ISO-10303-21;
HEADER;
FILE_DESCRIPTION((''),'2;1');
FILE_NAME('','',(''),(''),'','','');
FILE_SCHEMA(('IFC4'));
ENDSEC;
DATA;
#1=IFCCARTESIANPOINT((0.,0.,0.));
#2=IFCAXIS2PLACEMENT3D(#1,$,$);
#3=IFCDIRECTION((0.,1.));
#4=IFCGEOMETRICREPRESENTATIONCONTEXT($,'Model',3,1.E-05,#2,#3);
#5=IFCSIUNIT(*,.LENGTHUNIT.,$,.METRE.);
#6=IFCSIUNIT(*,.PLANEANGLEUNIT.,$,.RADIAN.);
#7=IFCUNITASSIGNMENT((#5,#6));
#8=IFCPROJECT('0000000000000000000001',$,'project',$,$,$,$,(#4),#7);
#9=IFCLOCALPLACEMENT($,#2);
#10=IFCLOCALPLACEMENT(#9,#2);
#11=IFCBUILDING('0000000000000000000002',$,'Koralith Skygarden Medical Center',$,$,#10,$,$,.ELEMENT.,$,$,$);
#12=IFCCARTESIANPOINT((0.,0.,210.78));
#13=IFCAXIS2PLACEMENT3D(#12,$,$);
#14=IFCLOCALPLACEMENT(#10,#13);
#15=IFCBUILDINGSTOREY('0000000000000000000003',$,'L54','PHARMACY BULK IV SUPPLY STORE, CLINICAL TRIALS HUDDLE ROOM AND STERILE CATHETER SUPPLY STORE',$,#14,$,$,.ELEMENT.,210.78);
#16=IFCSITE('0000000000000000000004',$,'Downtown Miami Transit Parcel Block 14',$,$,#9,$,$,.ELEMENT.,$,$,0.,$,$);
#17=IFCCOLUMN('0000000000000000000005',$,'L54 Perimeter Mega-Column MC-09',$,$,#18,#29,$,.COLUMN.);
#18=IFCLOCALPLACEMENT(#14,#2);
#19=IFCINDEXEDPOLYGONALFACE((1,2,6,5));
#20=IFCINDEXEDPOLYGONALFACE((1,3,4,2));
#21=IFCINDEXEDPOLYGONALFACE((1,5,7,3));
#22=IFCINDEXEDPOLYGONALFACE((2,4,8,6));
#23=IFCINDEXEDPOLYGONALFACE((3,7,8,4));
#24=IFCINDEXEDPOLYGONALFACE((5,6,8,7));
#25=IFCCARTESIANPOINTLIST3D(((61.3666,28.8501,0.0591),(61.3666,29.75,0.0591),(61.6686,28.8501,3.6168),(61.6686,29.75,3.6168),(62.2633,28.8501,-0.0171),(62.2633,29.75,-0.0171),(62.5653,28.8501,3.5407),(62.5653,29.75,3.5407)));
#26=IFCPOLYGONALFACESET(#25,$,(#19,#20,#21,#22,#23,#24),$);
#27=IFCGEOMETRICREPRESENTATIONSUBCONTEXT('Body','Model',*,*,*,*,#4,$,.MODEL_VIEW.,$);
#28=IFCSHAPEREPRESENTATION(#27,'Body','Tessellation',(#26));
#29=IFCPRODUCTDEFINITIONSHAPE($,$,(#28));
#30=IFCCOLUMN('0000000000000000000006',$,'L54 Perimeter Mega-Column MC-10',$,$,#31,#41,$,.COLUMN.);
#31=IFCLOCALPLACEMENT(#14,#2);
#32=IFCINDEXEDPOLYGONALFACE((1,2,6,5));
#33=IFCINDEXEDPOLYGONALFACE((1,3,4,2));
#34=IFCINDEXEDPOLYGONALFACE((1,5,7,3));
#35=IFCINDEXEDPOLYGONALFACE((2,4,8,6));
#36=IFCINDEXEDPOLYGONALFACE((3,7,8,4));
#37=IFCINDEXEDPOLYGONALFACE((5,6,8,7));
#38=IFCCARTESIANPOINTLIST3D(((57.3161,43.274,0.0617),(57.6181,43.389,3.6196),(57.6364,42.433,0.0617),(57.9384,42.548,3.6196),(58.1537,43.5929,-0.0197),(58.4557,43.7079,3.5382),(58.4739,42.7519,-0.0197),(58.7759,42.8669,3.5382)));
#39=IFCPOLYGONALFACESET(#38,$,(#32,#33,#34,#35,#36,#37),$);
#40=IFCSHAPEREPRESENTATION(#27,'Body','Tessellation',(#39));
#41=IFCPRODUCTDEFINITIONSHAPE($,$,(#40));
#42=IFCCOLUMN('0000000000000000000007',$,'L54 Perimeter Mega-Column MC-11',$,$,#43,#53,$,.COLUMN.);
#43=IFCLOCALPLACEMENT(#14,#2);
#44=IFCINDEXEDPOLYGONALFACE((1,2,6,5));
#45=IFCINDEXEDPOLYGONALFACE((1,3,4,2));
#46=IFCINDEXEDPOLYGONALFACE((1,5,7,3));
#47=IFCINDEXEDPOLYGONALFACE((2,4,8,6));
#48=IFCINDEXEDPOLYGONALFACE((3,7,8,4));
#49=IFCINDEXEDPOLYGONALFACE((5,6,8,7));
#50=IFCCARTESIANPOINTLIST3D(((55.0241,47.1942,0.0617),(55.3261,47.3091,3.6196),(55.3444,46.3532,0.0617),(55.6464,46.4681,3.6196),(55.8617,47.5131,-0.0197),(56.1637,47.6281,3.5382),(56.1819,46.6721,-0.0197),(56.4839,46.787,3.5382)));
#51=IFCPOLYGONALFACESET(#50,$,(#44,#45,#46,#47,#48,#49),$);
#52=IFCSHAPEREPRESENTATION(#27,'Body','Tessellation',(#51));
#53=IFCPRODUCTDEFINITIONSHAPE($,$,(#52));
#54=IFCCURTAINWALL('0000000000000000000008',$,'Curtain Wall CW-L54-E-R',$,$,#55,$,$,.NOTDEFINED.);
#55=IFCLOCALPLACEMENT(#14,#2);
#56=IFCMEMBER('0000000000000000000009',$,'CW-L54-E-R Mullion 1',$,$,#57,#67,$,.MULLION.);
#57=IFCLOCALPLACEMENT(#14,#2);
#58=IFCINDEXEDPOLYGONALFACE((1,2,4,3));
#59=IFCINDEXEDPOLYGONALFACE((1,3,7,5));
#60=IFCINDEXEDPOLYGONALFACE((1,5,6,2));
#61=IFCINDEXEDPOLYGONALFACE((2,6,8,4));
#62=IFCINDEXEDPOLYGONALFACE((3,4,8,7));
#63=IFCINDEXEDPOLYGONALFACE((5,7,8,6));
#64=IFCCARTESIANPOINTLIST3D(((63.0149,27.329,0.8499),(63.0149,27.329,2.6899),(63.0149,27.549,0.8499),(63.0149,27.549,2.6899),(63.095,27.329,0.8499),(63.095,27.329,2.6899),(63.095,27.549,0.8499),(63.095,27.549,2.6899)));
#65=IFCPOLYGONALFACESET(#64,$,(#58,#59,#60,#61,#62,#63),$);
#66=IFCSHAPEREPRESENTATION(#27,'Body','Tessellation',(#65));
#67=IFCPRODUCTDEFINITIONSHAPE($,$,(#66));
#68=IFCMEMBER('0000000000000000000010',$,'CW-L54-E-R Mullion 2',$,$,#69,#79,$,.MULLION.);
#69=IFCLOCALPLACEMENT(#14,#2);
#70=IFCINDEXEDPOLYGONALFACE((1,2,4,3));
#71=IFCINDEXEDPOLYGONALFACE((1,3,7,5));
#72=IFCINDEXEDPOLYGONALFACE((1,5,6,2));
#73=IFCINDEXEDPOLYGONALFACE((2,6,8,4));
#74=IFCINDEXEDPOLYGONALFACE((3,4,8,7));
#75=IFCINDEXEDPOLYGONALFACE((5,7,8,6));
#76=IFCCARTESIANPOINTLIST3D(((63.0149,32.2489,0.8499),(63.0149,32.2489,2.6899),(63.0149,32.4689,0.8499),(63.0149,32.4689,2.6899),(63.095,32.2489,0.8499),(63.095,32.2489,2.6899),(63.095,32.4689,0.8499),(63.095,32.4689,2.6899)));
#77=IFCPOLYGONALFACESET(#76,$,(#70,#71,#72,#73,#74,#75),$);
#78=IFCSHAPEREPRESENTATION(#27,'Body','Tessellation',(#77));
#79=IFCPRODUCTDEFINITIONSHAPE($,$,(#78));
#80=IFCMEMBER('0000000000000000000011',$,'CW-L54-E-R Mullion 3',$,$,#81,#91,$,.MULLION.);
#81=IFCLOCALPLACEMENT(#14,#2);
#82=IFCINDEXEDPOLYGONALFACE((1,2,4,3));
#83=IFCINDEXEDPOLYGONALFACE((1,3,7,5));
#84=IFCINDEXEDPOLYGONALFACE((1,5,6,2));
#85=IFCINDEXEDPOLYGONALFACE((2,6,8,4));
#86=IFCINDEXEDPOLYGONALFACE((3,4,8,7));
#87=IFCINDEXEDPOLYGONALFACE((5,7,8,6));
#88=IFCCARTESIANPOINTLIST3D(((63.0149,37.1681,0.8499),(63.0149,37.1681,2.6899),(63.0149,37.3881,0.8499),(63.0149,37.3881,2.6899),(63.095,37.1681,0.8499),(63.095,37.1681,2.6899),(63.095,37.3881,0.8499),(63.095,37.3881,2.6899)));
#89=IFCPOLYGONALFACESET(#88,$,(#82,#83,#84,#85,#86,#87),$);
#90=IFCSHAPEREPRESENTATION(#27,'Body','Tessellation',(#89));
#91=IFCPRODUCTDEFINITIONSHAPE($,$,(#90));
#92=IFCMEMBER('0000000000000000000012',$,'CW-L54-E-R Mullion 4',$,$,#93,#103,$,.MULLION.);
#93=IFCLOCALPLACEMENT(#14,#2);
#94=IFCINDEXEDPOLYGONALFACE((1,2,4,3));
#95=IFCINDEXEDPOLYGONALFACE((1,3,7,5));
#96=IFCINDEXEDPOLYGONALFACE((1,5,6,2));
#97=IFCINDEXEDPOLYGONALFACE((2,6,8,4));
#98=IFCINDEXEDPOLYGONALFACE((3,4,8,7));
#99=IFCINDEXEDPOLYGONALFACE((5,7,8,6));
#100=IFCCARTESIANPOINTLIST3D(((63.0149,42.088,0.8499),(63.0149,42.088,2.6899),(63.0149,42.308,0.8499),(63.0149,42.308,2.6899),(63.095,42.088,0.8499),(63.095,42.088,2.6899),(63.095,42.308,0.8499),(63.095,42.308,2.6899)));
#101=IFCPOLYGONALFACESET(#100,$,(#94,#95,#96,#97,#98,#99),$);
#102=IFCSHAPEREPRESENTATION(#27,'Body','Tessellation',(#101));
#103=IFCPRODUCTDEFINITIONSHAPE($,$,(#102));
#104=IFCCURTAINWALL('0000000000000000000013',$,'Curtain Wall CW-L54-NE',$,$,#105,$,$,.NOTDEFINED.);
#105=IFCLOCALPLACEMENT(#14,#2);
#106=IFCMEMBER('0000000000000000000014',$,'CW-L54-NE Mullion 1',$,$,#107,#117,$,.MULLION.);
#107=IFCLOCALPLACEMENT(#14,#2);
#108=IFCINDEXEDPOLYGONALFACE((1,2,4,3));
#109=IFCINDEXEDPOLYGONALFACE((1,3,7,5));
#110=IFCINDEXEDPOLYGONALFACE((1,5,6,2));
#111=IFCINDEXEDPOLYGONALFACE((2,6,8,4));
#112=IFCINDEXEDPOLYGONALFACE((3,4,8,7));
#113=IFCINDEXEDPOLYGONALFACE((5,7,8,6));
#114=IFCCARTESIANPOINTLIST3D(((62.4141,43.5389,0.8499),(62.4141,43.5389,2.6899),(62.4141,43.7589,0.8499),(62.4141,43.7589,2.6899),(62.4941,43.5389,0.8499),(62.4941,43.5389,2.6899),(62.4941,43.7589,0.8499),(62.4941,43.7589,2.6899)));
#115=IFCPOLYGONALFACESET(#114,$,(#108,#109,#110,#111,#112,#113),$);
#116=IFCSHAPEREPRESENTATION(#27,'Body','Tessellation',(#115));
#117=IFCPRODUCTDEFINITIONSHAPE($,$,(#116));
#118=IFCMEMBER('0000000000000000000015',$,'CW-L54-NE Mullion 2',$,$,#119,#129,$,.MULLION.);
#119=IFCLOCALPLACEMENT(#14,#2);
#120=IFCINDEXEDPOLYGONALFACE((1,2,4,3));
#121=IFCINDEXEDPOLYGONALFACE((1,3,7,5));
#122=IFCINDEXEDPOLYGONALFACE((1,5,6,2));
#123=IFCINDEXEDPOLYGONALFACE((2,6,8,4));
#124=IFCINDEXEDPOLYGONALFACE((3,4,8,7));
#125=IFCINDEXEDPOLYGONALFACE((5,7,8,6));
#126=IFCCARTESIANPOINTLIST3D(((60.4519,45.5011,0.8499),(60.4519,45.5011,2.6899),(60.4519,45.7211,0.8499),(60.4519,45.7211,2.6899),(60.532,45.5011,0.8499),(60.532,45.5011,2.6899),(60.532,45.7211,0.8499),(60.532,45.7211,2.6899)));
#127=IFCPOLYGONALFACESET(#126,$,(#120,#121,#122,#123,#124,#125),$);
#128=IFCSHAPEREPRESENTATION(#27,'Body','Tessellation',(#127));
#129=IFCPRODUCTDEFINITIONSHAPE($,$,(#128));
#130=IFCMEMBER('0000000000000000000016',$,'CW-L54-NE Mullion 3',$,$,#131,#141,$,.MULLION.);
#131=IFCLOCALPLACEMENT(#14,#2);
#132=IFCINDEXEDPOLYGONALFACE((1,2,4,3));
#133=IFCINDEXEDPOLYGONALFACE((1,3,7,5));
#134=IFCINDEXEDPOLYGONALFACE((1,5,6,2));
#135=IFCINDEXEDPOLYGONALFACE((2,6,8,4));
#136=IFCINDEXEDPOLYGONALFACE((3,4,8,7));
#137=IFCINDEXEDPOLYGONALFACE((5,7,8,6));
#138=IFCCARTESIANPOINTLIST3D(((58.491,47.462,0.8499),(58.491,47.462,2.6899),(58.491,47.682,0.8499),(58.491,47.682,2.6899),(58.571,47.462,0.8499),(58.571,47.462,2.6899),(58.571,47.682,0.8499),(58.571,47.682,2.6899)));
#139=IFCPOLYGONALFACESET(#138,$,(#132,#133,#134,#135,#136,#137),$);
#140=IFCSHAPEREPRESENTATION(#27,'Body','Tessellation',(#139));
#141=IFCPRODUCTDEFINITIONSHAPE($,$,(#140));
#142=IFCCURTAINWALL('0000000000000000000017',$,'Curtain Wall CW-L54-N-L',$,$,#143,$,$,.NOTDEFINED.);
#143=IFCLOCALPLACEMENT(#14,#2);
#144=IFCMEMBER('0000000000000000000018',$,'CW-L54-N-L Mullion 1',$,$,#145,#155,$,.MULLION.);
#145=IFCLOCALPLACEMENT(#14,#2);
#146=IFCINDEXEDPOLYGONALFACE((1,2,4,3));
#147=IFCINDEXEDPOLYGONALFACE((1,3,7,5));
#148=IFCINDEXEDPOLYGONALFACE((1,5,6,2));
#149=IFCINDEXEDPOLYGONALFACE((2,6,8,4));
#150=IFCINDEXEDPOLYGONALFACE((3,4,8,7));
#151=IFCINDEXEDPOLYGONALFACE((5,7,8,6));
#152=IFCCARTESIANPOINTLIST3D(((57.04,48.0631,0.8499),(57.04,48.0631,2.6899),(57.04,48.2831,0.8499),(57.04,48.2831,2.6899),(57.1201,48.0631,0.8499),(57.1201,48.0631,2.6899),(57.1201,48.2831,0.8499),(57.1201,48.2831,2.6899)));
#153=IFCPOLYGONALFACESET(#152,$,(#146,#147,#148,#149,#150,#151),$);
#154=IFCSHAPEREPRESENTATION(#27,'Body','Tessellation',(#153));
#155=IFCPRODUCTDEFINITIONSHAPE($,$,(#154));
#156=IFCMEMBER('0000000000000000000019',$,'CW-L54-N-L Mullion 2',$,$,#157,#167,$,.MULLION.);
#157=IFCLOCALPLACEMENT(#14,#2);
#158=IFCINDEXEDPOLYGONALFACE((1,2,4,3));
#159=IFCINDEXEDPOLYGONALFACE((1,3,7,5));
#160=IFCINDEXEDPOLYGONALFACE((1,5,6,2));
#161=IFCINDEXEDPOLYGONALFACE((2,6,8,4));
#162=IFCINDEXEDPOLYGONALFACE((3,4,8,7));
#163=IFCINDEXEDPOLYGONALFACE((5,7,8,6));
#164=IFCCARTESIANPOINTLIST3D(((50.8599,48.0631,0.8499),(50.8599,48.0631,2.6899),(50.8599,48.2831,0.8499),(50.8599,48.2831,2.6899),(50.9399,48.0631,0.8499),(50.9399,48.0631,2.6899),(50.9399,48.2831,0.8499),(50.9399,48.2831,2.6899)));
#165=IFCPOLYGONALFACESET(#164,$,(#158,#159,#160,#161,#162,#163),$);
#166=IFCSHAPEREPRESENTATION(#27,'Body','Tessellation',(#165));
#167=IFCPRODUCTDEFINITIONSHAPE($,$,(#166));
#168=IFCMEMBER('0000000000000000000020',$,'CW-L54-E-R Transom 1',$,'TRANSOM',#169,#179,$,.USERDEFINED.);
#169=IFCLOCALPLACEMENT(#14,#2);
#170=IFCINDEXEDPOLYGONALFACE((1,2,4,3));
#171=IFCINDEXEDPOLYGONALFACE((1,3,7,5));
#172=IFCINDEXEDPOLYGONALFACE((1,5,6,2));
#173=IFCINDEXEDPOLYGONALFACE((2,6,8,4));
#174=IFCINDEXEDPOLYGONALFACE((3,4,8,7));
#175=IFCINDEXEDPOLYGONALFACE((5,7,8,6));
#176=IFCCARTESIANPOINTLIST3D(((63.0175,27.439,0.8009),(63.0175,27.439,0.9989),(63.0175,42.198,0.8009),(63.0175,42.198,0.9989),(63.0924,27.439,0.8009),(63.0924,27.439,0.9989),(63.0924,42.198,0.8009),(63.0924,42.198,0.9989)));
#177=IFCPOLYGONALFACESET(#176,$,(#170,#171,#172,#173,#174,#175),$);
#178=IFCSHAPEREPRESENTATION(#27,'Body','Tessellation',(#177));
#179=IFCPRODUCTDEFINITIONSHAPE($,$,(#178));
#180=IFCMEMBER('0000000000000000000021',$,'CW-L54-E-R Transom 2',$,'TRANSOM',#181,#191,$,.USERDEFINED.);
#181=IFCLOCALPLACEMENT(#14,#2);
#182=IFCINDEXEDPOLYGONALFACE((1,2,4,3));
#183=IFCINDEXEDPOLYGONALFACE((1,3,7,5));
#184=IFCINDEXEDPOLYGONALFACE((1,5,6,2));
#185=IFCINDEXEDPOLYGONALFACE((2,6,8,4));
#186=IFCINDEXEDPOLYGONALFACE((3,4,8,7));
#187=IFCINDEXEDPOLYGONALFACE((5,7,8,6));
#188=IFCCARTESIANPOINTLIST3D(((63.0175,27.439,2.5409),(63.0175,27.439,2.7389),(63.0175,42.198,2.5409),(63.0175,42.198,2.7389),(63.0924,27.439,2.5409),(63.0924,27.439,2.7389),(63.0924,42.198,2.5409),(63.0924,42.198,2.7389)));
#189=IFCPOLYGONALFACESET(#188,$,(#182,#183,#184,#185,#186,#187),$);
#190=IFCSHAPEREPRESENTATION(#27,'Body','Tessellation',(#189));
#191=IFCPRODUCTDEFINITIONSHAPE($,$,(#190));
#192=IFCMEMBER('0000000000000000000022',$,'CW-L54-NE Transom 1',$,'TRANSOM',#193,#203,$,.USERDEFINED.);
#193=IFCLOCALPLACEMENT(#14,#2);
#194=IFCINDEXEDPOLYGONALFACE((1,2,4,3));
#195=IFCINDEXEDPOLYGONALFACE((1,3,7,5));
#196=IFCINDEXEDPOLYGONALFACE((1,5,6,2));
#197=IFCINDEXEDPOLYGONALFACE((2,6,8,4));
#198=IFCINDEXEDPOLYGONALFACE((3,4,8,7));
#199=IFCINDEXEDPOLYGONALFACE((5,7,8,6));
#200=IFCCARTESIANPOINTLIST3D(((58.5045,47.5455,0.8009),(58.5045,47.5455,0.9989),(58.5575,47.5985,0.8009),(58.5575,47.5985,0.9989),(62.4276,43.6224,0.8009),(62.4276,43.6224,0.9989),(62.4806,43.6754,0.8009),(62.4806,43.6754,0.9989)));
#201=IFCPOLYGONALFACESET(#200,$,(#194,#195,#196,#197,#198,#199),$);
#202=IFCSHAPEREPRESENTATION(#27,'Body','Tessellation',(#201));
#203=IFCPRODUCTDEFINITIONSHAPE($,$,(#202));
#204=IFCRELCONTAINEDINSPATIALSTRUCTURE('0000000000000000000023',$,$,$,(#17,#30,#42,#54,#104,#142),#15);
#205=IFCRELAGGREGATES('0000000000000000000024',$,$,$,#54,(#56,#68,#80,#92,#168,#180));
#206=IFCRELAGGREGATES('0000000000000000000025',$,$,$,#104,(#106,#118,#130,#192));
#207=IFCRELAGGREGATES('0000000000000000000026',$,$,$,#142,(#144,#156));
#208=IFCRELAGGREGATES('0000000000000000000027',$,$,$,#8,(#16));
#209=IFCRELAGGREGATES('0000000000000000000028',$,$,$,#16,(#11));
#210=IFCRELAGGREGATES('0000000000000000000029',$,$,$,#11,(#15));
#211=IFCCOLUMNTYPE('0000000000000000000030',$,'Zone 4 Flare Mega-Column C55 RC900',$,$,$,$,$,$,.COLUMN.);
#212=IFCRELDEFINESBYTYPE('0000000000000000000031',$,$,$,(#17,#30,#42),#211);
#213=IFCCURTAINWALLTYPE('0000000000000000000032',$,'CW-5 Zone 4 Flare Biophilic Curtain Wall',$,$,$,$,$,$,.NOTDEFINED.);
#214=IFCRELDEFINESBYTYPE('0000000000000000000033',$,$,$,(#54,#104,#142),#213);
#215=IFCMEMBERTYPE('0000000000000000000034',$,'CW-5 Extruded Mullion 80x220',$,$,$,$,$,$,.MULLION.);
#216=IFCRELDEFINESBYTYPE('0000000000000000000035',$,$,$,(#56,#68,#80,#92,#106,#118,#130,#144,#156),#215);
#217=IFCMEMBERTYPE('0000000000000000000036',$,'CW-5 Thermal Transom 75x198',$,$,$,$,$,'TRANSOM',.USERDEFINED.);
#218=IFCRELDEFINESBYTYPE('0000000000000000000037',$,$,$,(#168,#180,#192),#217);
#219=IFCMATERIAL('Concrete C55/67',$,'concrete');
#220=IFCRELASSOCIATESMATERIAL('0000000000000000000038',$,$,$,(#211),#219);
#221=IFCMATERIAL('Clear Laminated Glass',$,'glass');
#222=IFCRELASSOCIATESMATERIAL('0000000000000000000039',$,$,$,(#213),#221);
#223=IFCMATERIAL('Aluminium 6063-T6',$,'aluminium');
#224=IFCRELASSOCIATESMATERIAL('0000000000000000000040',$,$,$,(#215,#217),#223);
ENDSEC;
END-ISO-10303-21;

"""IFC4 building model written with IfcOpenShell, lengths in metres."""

from ifc_helpers import new_model, si_unit, direction, frame, origin, origin_2d, place, context, subcontext, project, spatial, rectangle, extrude, material, material_profile, profile_set, type_object, element, aggregate, save


model = new_model("IFC4")

# Units and contexts
model_context = context("Model", 3, precision=1e-05, world=origin(), true_north=direction((0.0, 1.0)))
body_context = subcontext(model_context, "Body", "Model", "MODEL_VIEW")
ifc_project = project(units=[si_unit("LENGTHUNIT", "METRE"), si_unit("PLANEANGLEUNIT", "RADIAN")], contexts=[model_context])

# Site, building, storey
site_placement = place(None, origin())
site = spatial("IfcSite", under=ifc_project, at=site_placement, Name="Downtown Miami Transit Parcel Block 14", CompositionType="ELEMENT", RefElevation=0.0)
building_placement = place(site_placement, origin())
building = spatial("IfcBuilding", under=site, at=building_placement, Name="Koralith Skygarden Medical Center", CompositionType="ELEMENT")
storey_placement = place(building_placement, frame((0.0, 0.0, 210.78)))
storey = spatial("IfcBuildingStorey", under=building, at=storey_placement, Name="L54", Description="PHARMACY BULK IV SUPPLY STORE, CLINICAL TRIALS HUDDLE ROOM AND STERILE CATHETER SUPPLY STORE", CompositionType="ELEMENT", Elevation=210.78)

# Columns
ifc_material_1 = material(Name="Concrete C55/67", Category="concrete")
ifc_material_profile_1 = material_profile(ifc_material_1, rectangle(XDim=0.8999, YDim=0.8999, at=origin_2d()), Name="RC900X900")
ifc_profile_set_1 = profile_set([ifc_material_profile_1], Name="Concrete C55/67")
column_type = type_object("IfcColumnType", Name="Zone 4 Flare Mega-Column C55 RC900", PredefinedType="COLUMN", material=ifc_profile_set_1)
column_placement = place(storey_placement, frame((61.8149, 29.3, 0.021), z_axis=(0.084579, 0.0, 0.996417), x_axis=(0.0, 1.0, 0.0)))
element("IfcColumn", 1, at=column_placement, inside=storey, type_object=column_type, Name="L54 Perimeter Mega-Column MC-09", PredefinedType="COLUMN", context=body_context, shape_type="SweptSolid", body=[
    extrude(rectangle(XDim=0.8999, YDim=0.8999, at=origin_2d()), origin(), (0.0, 0.0, 1.0), 3.5706),
])
for number, where, z_axis, x_axis, name in (
    (2, (57.895, 43.0129, 0.021), (0.084535, 0.032188, 0.9959), (-0.355838, 0.934548, 0.0), "L54 Perimeter Mega-Column MC-10"),
    (3, (55.603, 46.9331, 0.021), (0.084535, 0.032188, 0.9959), (-0.355838, 0.934548, 0.0), "L54 Perimeter Mega-Column MC-11"),
):
    element("IfcColumn", number, at=place(storey_placement, frame(where, z_axis=z_axis, x_axis=x_axis)), inside=storey, type_object=column_type, Name=name, PredefinedType="COLUMN", context=body_context, shape_type="SweptSolid", body=[
        extrude(rectangle(XDim=0.8999, YDim=0.8999, at=origin_2d()), origin(), (0.0, 0.0, 1.0), 3.5725),
    ])

# Curtain walls, members
ifc_material_2 = material(Name="Clear Laminated Glass", Category="glass")
curtain_wall_type = type_object("IfcCurtainWallType", Name="CW-5 Zone 4 Flare Biophilic Curtain Wall", PredefinedType="NOTDEFINED", material=ifc_material_2)
curtain_wall_1_placement = place(storey_placement, origin())
curtain_wall_1 = element("IfcCurtainWall", 4, at=curtain_wall_1_placement, inside=storey, type_object=curtain_wall_type, Name="Curtain Wall CW-L54-E-R", PredefinedType="NOTDEFINED")
ifc_material_3 = material(Name="Aluminium 6063-T6", Category="aluminium")
ifc_material_profile_2 = material_profile(ifc_material_3, rectangle(XDim=0.0801, YDim=0.22, at=origin_2d()), Name="MUL80X220")
ifc_profile_set_2 = profile_set([ifc_material_profile_2], Name="Aluminium 6063-T6")
member_type_1 = type_object("IfcMemberType", Name="CW-5 Extruded Mullion 80x220", PredefinedType="MULLION", material=ifc_profile_set_2)
member_1_placement = place(storey_placement, frame((63.0549, 27.439, 0.8499), z_axis=(0.0, 0.0, 1.0), x_axis=(1.0, 0.0, 0.0)))
member_1 = element("IfcMember", 5, at=member_1_placement, type_object=member_type_1, Name="CW-L54-E-R Mullion 1", PredefinedType="MULLION", context=body_context, shape_type="SweptSolid", body=[
    extrude(rectangle(XDim=0.0801, YDim=0.22, at=origin_2d()), origin(), (0.0, 0.0, 1.0), 1.8401),
])
member_2_placement = place(storey_placement, frame((63.0549, 32.3589, 0.8499), z_axis=(0.0, 0.0, 1.0), x_axis=(1.0, 0.0, 0.0)))
member_2 = element("IfcMember", 6, at=member_2_placement, type_object=member_type_1, Name="CW-L54-E-R Mullion 2", PredefinedType="MULLION", context=body_context, shape_type="SweptSolid", body=[
    extrude(rectangle(XDim=0.0801, YDim=0.22, at=origin_2d()), origin(), (0.0, 0.0, 1.0), 1.8401),
])
member_3_placement = place(storey_placement, frame((63.0549, 37.2781, 0.8499), z_axis=(0.0, 0.0, 1.0), x_axis=(1.0, 0.0, 0.0)))
member_3 = element("IfcMember", 7, at=member_3_placement, type_object=member_type_1, Name="CW-L54-E-R Mullion 3", PredefinedType="MULLION", context=body_context, shape_type="SweptSolid", body=[
    extrude(rectangle(XDim=0.0801, YDim=0.22, at=origin_2d()), origin(), (0.0, 0.0, 1.0), 1.8401),
])
member_4_placement = place(storey_placement, frame((63.0549, 42.198, 0.8499), z_axis=(0.0, 0.0, 1.0), x_axis=(1.0, 0.0, 0.0)))
member_4 = element("IfcMember", 8, at=member_4_placement, type_object=member_type_1, Name="CW-L54-E-R Mullion 4", PredefinedType="MULLION", context=body_context, shape_type="SweptSolid", body=[
    extrude(rectangle(XDim=0.0801, YDim=0.22, at=origin_2d()), origin(), (0.0, 0.0, 1.0), 1.8401),
])
curtain_wall_2_placement = place(storey_placement, origin())
curtain_wall_2 = element("IfcCurtainWall", 9, at=curtain_wall_2_placement, inside=storey, type_object=curtain_wall_type, Name="Curtain Wall CW-L54-NE", PredefinedType="NOTDEFINED")
member_5_placement = place(storey_placement, frame((62.4541, 43.6489, 0.8499), z_axis=(0.0, 0.0, 1.0), x_axis=(1.0, 0.0, 0.0)))
member_5 = element("IfcMember", 10, at=member_5_placement, type_object=member_type_1, Name="CW-L54-NE Mullion 1", PredefinedType="MULLION", context=body_context, shape_type="SweptSolid", body=[
    extrude(rectangle(XDim=0.0801, YDim=0.22, at=origin_2d()), origin(), (0.0, 0.0, 1.0), 1.8401),
])
member_6_placement = place(storey_placement, frame((60.4919, 45.6111, 0.8499), z_axis=(0.0, 0.0, 1.0), x_axis=(1.0, 0.0, 0.0)))
member_6 = element("IfcMember", 11, at=member_6_placement, type_object=member_type_1, Name="CW-L54-NE Mullion 2", PredefinedType="MULLION", context=body_context, shape_type="SweptSolid", body=[
    extrude(rectangle(XDim=0.0801, YDim=0.22, at=origin_2d()), origin(), (0.0, 0.0, 1.0), 1.8401),
])
member_7_placement = place(storey_placement, frame((58.531, 47.572, 0.8499), z_axis=(0.0, 0.0, 1.0), x_axis=(1.0, 0.0, 0.0)))
member_7 = element("IfcMember", 12, at=member_7_placement, type_object=member_type_1, Name="CW-L54-NE Mullion 3", PredefinedType="MULLION", context=body_context, shape_type="SweptSolid", body=[
    extrude(rectangle(XDim=0.0801, YDim=0.22, at=origin_2d()), origin(), (0.0, 0.0, 1.0), 1.8401),
])
curtain_wall_3_placement = place(storey_placement, origin())
curtain_wall_3 = element("IfcCurtainWall", 13, at=curtain_wall_3_placement, inside=storey, type_object=curtain_wall_type, Name="Curtain Wall CW-L54-N-L", PredefinedType="NOTDEFINED")
member_8_placement = place(storey_placement, frame((57.0801, 48.1731, 0.8499), z_axis=(0.0, 0.0, 1.0), x_axis=(1.0, 0.0, 0.0)))
member_8 = element("IfcMember", 14, at=member_8_placement, type_object=member_type_1, Name="CW-L54-N-L Mullion 1", PredefinedType="MULLION", context=body_context, shape_type="SweptSolid", body=[
    extrude(rectangle(XDim=0.0801, YDim=0.22, at=origin_2d()), origin(), (0.0, 0.0, 1.0), 1.8401),
])
member_9_placement = place(storey_placement, frame((50.8999, 48.1731, 0.8499), z_axis=(0.0, 0.0, 1.0), x_axis=(1.0, 0.0, 0.0)))
member_9 = element("IfcMember", 15, at=member_9_placement, type_object=member_type_1, Name="CW-L54-N-L Mullion 2", PredefinedType="MULLION", context=body_context, shape_type="SweptSolid", body=[
    extrude(rectangle(XDim=0.0801, YDim=0.22, at=origin_2d()), origin(), (0.0, 0.0, 1.0), 1.8401),
])

# Members
ifc_material_profile_3 = material_profile(ifc_material_3, rectangle(XDim=0.075, YDim=0.198, at=origin_2d()), Name="TRN75X198")
ifc_profile_set_3 = profile_set([ifc_material_profile_3], Name="Aluminium 6063-T6")
member_type_2 = type_object("IfcMemberType", Name="CW-5 Thermal Transom 75x198", ElementType="TRANSOM", PredefinedType="USERDEFINED", material=ifc_profile_set_3)
member_10_placement = place(storey_placement, frame((63.0549, 27.439, 0.8999), z_axis=(0.0, 1.0, 0.0), x_axis=(-1.0, 0.0, 0.0)))
member_10 = element("IfcMember", 16, at=member_10_placement, type_object=member_type_2, Name="CW-L54-E-R Transom 1", ObjectType="TRANSOM", PredefinedType="USERDEFINED", context=body_context, shape_type="SweptSolid", body=[
    extrude(rectangle(XDim=0.075, YDim=0.198, at=origin_2d()), origin(), (0.0, 0.0, 1.0), 14.759),
])
member_11_placement = place(storey_placement, frame((63.0549, 27.439, 2.6399), z_axis=(0.0, 1.0, 0.0), x_axis=(-1.0, 0.0, 0.0)))
member_11 = element("IfcMember", 17, at=member_11_placement, type_object=member_type_2, Name="CW-L54-E-R Transom 2", ObjectType="TRANSOM", PredefinedType="USERDEFINED", context=body_context, shape_type="SweptSolid", body=[
    extrude(rectangle(XDim=0.075, YDim=0.198, at=origin_2d()), origin(), (0.0, 0.0, 1.0), 14.759),
])
member_12_placement = place(storey_placement, frame((62.4541, 43.6489, 0.8999), z_axis=(-0.707107, 0.707107, 0.0), x_axis=(-0.707107, -0.707107, 0.0)))
member_12 = element("IfcMember", 18, at=member_12_placement, type_object=member_type_2, Name="CW-L54-NE Transom 1", ObjectType="TRANSOM", PredefinedType="USERDEFINED", context=body_context, shape_type="SweptSolid", body=[
    extrude(rectangle(XDim=0.075, YDim=0.198, at=origin_2d()), origin(), (0.0, 0.0, 1.0), 5.5481),
])

aggregate(curtain_wall_1, [member_1, member_2, member_3, member_4, member_10, member_11])
aggregate(curtain_wall_2, [member_5, member_6, member_7, member_12])
aggregate(curtain_wall_3, [member_8, member_9])

save(model, "model.ifc")
